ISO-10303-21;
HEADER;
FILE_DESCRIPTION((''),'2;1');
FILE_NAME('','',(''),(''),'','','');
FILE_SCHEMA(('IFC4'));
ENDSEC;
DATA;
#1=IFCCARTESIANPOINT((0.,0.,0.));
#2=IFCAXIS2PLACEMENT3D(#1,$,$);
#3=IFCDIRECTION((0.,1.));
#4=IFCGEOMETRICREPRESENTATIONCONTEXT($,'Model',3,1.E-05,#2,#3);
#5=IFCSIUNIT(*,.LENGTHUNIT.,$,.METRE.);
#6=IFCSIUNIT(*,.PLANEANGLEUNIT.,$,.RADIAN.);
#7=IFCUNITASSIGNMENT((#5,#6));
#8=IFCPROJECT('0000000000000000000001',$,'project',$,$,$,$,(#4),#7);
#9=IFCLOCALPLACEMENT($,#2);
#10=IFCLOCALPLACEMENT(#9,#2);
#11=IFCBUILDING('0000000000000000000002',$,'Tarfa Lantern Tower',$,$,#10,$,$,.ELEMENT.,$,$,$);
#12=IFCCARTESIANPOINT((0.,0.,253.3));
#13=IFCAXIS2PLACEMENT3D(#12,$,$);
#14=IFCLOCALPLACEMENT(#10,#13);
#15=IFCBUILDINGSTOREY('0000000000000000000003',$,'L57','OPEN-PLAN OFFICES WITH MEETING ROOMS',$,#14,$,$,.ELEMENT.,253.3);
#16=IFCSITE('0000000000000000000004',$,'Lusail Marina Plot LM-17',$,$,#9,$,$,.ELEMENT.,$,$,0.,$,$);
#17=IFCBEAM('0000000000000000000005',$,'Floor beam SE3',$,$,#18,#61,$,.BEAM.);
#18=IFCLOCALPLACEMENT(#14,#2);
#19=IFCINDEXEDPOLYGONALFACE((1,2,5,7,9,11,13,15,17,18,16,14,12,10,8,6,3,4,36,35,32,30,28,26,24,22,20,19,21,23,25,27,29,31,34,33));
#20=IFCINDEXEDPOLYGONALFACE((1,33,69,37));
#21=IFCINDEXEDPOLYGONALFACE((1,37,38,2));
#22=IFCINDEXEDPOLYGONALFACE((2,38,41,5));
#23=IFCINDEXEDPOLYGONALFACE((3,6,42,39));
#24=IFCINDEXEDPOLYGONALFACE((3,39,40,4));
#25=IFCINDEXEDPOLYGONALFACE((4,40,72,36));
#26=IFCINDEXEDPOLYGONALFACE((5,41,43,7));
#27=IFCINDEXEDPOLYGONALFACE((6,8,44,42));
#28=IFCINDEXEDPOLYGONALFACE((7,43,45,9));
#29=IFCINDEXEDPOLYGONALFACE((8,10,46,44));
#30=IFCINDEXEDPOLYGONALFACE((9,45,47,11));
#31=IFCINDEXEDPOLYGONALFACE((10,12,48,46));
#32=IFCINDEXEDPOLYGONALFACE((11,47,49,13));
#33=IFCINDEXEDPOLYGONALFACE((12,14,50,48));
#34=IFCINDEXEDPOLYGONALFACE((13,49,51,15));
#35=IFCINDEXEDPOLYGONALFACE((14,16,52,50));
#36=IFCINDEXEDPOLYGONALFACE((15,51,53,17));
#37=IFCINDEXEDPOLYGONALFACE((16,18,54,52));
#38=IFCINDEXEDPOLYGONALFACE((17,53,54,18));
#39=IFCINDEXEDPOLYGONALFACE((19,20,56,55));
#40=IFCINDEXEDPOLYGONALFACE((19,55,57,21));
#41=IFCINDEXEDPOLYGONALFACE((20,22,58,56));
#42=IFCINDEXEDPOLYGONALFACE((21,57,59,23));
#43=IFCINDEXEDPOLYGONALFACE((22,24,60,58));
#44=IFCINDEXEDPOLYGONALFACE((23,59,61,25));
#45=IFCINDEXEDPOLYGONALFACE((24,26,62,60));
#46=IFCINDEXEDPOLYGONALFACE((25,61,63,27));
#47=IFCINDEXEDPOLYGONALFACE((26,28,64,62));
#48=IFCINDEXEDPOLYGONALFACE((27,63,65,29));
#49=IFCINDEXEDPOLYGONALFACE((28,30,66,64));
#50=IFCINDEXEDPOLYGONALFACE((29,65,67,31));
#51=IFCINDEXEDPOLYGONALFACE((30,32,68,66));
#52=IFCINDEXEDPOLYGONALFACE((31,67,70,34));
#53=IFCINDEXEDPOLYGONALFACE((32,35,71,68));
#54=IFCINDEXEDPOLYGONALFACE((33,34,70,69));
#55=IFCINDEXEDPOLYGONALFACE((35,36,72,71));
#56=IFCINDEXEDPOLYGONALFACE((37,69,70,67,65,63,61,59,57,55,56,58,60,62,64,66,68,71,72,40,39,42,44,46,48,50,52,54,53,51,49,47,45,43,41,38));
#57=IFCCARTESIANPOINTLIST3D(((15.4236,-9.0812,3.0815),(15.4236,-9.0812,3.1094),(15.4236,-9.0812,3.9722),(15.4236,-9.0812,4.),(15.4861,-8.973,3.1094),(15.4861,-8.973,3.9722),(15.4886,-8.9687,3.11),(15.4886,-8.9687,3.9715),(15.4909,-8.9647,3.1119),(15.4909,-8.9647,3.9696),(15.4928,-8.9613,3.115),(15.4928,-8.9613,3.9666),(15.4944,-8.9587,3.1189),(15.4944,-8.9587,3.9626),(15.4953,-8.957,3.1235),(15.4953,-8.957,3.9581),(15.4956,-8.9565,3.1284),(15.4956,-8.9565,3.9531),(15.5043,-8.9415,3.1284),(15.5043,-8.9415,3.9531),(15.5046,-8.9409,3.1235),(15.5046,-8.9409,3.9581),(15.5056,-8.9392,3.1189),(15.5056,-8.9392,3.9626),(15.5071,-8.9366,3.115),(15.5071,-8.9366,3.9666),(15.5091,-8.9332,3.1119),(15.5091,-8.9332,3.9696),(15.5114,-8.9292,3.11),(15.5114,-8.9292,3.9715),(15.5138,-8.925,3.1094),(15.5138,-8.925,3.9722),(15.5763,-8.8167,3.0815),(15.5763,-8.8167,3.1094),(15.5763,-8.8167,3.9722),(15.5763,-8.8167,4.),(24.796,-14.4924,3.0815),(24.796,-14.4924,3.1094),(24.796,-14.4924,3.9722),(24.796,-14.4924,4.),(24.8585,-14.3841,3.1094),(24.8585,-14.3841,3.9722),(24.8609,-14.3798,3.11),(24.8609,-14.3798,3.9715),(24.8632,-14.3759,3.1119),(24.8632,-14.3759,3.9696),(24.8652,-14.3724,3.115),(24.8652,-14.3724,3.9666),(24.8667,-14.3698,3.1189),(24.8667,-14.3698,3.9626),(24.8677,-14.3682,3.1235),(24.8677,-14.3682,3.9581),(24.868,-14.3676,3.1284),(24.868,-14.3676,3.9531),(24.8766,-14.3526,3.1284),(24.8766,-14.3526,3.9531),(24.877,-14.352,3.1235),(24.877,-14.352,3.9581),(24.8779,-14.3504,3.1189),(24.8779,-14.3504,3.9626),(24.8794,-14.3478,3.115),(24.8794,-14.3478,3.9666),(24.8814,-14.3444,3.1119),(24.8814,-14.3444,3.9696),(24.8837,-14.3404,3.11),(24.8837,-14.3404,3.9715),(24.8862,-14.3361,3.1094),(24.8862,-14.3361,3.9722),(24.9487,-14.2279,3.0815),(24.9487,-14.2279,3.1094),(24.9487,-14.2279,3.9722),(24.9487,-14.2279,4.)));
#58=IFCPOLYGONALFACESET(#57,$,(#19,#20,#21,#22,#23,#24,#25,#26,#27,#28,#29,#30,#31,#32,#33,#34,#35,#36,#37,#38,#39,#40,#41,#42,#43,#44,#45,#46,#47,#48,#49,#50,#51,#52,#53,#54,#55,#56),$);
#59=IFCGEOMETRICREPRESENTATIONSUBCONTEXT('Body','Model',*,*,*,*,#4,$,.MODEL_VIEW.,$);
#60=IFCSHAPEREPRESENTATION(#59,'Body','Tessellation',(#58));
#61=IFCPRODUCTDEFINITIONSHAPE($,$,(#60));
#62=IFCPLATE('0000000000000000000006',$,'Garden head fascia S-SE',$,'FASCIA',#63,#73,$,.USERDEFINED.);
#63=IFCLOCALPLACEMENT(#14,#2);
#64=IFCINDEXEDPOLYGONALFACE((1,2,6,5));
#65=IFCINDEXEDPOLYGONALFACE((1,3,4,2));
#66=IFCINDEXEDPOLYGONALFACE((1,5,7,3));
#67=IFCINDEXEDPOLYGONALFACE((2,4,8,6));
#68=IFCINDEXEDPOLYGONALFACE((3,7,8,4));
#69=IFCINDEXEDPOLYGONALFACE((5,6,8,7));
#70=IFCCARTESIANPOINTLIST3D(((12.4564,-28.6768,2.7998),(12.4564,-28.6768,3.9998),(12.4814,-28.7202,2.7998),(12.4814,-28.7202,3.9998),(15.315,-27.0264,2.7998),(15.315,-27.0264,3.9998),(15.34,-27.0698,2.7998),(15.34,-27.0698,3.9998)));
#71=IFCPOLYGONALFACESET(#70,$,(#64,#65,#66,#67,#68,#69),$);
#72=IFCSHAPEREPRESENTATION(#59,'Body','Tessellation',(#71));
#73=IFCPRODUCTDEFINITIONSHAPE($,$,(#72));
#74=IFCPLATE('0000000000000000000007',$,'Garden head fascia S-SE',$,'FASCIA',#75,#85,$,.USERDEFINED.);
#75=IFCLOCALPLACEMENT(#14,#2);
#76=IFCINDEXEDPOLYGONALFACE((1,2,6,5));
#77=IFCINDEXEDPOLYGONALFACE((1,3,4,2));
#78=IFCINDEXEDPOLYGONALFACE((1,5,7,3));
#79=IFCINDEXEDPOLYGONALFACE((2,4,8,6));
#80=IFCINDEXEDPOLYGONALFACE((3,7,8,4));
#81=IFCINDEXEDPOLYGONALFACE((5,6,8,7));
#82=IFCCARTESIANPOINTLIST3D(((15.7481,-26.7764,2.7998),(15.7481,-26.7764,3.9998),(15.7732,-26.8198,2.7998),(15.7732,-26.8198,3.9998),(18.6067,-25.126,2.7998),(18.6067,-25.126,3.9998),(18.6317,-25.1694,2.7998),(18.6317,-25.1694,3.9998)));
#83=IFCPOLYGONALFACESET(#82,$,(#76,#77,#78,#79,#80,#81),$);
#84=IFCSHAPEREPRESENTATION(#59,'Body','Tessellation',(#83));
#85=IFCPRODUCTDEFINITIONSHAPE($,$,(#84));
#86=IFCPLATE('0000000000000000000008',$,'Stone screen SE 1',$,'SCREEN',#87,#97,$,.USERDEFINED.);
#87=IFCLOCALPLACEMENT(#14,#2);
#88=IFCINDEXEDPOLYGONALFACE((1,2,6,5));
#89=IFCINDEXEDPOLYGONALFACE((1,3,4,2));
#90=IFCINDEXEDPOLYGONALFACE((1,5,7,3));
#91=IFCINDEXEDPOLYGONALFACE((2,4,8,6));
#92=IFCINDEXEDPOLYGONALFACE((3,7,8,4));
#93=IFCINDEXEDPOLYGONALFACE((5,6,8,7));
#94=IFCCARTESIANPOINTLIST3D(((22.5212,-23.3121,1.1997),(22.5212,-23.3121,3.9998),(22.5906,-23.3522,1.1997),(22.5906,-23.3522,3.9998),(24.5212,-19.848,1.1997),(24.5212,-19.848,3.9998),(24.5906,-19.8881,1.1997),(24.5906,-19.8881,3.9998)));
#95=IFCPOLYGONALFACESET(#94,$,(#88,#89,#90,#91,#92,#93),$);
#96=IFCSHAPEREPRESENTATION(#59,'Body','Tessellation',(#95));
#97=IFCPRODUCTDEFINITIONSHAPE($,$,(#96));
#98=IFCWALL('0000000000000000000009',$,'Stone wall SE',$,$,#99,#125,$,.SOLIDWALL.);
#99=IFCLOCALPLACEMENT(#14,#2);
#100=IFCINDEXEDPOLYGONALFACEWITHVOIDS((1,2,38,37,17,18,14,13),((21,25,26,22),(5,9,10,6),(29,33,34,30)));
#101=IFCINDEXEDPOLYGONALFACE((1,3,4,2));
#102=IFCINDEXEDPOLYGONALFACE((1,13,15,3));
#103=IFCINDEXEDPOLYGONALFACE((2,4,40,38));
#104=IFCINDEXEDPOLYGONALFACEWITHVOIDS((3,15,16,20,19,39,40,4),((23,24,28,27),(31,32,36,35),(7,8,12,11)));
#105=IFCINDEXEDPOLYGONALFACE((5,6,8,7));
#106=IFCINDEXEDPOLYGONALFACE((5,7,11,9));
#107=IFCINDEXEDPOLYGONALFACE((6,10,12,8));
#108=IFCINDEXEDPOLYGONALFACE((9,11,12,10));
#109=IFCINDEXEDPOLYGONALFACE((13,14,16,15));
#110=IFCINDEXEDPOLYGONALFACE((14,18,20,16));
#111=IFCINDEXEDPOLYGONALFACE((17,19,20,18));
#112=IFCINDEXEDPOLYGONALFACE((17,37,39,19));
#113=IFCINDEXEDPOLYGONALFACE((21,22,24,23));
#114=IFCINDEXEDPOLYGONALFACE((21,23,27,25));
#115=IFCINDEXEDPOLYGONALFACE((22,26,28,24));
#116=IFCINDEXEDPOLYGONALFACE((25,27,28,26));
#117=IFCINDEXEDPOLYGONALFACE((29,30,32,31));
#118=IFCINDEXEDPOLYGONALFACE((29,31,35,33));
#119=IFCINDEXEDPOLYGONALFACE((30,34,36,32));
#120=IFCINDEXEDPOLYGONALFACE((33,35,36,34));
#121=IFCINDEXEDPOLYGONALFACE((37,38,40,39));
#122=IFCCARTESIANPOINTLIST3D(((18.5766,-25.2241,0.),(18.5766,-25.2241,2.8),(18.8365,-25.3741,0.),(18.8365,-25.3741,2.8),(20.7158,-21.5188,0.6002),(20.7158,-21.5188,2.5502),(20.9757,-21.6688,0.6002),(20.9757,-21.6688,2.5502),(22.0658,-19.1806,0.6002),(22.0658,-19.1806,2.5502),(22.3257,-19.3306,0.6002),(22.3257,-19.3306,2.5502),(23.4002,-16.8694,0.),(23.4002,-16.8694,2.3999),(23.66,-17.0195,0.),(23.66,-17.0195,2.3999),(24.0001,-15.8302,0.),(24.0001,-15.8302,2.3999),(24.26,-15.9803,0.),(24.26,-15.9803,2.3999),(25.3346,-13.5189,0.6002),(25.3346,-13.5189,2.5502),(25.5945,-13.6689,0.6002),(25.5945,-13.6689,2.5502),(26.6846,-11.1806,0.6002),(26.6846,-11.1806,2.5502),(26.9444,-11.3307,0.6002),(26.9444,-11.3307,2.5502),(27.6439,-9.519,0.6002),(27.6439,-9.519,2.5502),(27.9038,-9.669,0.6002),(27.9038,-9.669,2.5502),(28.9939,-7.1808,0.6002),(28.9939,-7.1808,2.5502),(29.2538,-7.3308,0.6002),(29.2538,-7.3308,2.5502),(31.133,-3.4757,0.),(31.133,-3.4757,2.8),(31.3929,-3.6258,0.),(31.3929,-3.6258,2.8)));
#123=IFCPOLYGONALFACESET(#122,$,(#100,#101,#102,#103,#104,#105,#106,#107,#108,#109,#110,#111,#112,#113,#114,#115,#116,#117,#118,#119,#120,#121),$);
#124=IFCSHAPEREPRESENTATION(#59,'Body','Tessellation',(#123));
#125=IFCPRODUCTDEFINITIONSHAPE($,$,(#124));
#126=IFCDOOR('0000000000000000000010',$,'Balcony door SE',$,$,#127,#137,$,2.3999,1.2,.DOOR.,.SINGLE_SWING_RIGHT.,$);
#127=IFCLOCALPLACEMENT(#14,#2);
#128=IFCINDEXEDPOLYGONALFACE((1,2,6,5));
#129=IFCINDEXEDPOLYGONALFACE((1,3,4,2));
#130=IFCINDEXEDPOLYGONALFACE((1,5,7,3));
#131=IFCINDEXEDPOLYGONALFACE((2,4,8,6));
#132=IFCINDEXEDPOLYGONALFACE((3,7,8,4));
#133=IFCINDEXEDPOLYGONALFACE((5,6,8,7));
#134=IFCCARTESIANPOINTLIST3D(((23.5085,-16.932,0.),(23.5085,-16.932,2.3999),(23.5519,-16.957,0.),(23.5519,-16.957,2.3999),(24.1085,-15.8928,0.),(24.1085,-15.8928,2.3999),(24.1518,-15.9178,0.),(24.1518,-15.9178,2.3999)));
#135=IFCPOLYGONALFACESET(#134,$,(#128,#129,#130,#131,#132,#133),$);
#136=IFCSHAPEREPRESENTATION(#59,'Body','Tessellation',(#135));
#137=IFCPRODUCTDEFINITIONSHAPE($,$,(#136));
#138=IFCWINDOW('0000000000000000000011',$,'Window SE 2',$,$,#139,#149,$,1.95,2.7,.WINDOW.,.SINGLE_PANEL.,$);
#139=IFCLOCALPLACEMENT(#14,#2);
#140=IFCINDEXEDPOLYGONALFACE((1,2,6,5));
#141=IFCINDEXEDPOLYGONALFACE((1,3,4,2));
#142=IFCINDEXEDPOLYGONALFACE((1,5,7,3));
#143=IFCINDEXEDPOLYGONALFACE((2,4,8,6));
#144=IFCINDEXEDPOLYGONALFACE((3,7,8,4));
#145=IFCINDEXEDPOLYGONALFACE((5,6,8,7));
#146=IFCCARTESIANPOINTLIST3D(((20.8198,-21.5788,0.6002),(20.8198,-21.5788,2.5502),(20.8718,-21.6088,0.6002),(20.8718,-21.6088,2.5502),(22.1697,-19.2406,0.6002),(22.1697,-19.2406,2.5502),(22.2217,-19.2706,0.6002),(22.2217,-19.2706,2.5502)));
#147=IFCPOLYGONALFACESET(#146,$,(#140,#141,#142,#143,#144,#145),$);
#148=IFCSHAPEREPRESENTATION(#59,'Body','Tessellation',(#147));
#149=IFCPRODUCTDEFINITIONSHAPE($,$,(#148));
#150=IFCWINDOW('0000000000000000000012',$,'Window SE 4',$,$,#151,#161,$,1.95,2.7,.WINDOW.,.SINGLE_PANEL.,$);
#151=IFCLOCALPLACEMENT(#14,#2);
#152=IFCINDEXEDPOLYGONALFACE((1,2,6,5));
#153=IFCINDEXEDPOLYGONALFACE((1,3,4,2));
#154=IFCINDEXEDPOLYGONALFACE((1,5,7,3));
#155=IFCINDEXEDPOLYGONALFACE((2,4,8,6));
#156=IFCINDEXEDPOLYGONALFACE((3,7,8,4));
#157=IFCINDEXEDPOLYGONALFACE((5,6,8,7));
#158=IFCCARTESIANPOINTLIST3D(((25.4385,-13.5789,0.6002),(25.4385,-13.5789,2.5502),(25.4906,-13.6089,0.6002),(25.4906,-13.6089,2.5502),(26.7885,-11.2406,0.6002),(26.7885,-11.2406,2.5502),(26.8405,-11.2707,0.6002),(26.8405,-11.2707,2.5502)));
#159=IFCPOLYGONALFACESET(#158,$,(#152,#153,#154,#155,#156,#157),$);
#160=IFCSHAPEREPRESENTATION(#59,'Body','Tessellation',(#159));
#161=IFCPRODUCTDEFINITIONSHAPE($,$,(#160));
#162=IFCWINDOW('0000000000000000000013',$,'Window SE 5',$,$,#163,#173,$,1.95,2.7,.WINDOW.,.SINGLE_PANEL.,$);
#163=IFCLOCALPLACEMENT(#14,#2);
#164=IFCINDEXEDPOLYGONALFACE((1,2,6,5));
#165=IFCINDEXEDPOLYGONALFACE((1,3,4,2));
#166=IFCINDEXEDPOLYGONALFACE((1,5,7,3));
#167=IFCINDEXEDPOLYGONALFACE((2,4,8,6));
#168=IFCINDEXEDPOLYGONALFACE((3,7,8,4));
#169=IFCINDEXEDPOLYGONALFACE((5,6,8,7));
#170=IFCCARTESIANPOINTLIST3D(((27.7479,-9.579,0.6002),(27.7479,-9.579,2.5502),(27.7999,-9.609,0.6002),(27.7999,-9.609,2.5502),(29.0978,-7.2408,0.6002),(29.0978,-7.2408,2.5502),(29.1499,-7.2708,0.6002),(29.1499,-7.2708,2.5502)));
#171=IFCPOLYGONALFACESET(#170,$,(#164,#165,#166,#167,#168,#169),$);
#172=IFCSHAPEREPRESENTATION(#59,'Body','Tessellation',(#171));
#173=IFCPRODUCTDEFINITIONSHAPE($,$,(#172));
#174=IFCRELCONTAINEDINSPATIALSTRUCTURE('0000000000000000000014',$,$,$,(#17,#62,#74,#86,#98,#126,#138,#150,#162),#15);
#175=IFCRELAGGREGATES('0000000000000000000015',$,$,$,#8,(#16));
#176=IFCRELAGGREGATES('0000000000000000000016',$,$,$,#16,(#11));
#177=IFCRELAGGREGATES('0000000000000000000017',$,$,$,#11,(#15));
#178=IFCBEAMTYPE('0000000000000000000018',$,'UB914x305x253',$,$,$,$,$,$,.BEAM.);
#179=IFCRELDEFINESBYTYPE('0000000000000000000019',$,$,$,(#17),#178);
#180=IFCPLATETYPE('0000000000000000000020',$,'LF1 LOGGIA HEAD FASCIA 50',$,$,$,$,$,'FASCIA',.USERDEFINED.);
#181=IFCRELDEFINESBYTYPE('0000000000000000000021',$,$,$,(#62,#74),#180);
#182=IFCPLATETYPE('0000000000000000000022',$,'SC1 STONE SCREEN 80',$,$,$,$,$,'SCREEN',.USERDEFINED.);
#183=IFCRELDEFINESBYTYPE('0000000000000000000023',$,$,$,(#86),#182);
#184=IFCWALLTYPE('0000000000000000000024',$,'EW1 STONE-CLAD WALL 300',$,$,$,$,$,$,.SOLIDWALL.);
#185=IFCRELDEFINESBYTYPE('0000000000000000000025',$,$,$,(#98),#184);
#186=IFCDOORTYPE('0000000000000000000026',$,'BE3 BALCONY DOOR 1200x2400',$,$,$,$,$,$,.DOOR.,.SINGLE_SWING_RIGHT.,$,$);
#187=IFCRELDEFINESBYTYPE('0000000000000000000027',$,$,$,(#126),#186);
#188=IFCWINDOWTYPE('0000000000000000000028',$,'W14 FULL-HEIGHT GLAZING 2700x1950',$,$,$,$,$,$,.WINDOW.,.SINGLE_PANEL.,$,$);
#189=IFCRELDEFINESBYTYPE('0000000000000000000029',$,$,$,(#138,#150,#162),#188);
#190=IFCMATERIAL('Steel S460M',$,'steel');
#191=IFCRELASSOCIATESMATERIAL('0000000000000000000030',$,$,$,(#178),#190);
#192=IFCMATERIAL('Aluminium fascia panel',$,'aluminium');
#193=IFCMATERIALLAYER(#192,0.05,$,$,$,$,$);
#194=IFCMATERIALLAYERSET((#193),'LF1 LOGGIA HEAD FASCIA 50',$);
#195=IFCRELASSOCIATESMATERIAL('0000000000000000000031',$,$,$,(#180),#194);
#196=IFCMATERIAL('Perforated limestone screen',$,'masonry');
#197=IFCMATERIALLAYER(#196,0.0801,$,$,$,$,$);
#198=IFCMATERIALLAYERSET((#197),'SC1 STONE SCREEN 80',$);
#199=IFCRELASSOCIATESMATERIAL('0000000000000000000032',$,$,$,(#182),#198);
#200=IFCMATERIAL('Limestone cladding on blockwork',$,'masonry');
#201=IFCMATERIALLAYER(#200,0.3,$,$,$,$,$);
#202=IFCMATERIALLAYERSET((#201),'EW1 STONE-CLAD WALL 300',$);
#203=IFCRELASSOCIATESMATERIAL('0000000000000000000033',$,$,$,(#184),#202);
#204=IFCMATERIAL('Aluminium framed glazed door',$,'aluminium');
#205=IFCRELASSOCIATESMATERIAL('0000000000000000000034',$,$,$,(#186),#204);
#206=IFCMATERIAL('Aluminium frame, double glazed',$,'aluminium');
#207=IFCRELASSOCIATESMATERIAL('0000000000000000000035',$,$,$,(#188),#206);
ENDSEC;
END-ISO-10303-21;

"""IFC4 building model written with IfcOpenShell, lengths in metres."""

from ifc_helpers import new_model, si_unit, direction, frame, frame_2d, origin, origin_2d, place, context, subcontext, project, spatial, rectangle, i_section, extrude, material, layer, layer_set, material_profile, profile_set, type_object, element, fill, save


model = new_model("IFC4")

# Units and contexts
model_context = context("Model", 3, precision=1e-05, world=origin(), true_north=direction((0.0, 1.0)))
body_context = subcontext(model_context, "Body", "Model", "MODEL_VIEW")
ifc_project = project(units=[si_unit("LENGTHUNIT", "METRE"), si_unit("PLANEANGLEUNIT", "RADIAN")], contexts=[model_context])

# Site, building, storey
site_placement = place(None, origin())
site = spatial("IfcSite", under=ifc_project, at=site_placement, Name="Lusail Marina Plot LM-17", CompositionType="ELEMENT", RefElevation=0.0)
building_placement = place(site_placement, origin())
building = spatial("IfcBuilding", under=site, at=building_placement, Name="Tarfa Lantern Tower", CompositionType="ELEMENT")
storey_placement = place(building_placement, frame((0.0, 0.0, 253.3)))
storey = spatial("IfcBuildingStorey", under=building, at=storey_placement, Name="L57", Description="OPEN-PLAN OFFICES WITH MEETING ROOMS", CompositionType="ELEMENT", Elevation=253.3)

# Beam
ifc_material_1 = material(Name="Steel S460M", Category="steel")
ifc_material_profile_1 = material_profile(ifc_material_1, i_section(OverallWidth=0.3054, OverallDepth=0.9185, WebThickness=0.0173, FlangeThickness=0.0278, FilletRadius=0.019, at=origin_2d()), Name="UB914x305x253")
ifc_profile_set_1 = profile_set([ifc_material_profile_1], Name="Steel S460M")
beam_type_1 = type_object("IfcBeamType", Name="UB914x305x253", PredefinedType="BEAM", material=ifc_profile_set_1)
beam_1_placement = place(storey_placement, frame((24.8723, -14.3601, 3.5408), z_axis=(-0.866024, 0.500002, 0.0), x_axis=(-0.500002, -0.866024, 0.0)))
element("IfcBeam", 1, at=beam_1_placement, inside=storey, type_object=beam_type_1, Name="Floor beam SE3", PredefinedType="BEAM", context=body_context, shape_type="SweptSolid", body=[
    extrude(i_section(OverallWidth=0.3054, OverallDepth=0.9185, WebThickness=0.0173, FlangeThickness=0.0278, FilletRadius=0.019, at=origin_2d()), origin(), (0.0, 0.0, 1.0), 10.8223),
])

# Plates
ifc_material_2 = material(Name="Aluminium fascia panel", Category="aluminium")
ifc_layer_1 = layer(ifc_material_2, 0.05)
ifc_layer_set_1 = layer_set([ifc_layer_1], Name="LF1 LOGGIA HEAD FASCIA 50")
plate_type_1 = type_object("IfcPlateType", Name="LF1 LOGGIA HEAD FASCIA 50", ElementType="FASCIA", PredefinedType="USERDEFINED", material=ifc_layer_set_1)
for number, where, z_axis, x_axis, name in (
    (2, (13.8982, -27.8733, 2.7998), (0.0, 0.0, 1.0), (0.866025, 0.5, 0.0), "Garden head fascia S-SE"),
    (3, (17.1899, -25.9729, 2.7998), (0.0, 0.0, 1.0), (0.866025, 0.5, 0.0), "Garden head fascia S-SE"),
):
    element("IfcPlate", number, at=place(storey_placement, frame(where, z_axis=z_axis, x_axis=x_axis)), inside=storey, type_object=plate_type_1, Name=name, ObjectType="FASCIA", PredefinedType="USERDEFINED", context=body_context, shape_type="SweptSolid", body=[
        extrude(rectangle(XDim=3.3008, YDim=0.05, at=origin_2d()), origin(), (0.0, 0.0, 1.0), 1.2),
    ])
ifc_material_3 = material(Name="Perforated limestone screen", Category="masonry")
ifc_layer_2 = layer(ifc_material_3, 0.0801)
ifc_layer_set_2 = layer_set([ifc_layer_2], Name="SC1 STONE SCREEN 80")
plate_type_2 = type_object("IfcPlateType", Name="SC1 STONE SCREEN 80", ElementType="SCREEN", PredefinedType="USERDEFINED", material=ifc_layer_set_2)
plate_placement = place(storey_placement, frame((23.5559, -21.6001, 1.1997), z_axis=(0.0, 0.0, 1.0), x_axis=(0.5, 0.866025, 0.0)))
element("IfcPlate", 4, at=plate_placement, inside=storey, type_object=plate_type_2, Name="Stone screen SE 1", ObjectType="SCREEN", PredefinedType="USERDEFINED", context=body_context, shape_type="SweptSolid", body=[
    extrude(rectangle(XDim=4.0, YDim=0.0801, at=origin_2d()), origin(), (0.0, 0.0, 1.0), 2.8),
])

# Wall, openings, door, windows
ifc_material_4 = material(Name="Limestone cladding on blockwork", Category="masonry")
ifc_layer_3 = layer(ifc_material_4, 0.3)
ifc_layer_set_3 = layer_set([ifc_layer_3], Name="EW1 STONE-CLAD WALL 300")
wall_type_1 = type_object("IfcWallType", Name="EW1 STONE-CLAD WALL 300", PredefinedType="SOLIDWALL", material=ifc_layer_set_3)
wall_1_placement = place(storey_placement, frame((18.7065, -25.2991, 0.0), z_axis=(0.0, 0.0, 1.0), x_axis=(0.5, 0.866025, 0.0)))
wall_1 = element("IfcWall", 5, at=wall_1_placement, inside=storey, type_object=wall_type_1, Name="Stone wall SE", PredefinedType="SOLIDWALL", context=body_context, shape_type="SweptSolid", body=[
    extrude(rectangle(XDim=25.1128, YDim=0.3, at=frame_2d((12.5564, 0.0))), origin(), (0.0, 0.0, 1.0), 2.8),
])
opening_1_placement = place(wall_1_placement, frame((4.2783, 0.0, 0.6001)))
opening_1 = element("IfcOpeningElement", 6, at=opening_1_placement, cuts=wall_1, PredefinedType="OPENING", context=body_context, shape_type="SweptSolid", body=[
    extrude(rectangle(XDim=2.7, YDim=1.95, at=frame_2d((1.3501, 0.9751))), frame((0.0, 0.1599, 0.0), z_axis=(0.0, -1.0, 0.0), x_axis=(1.0, 0.0, 0.0)), (0.0, 0.0, 1.0), 0.3201),
])
opening_2_placement = place(wall_1_placement, frame((9.647, 0.0, 0.0)))
opening_2 = element("IfcOpeningElement", 7, at=opening_2_placement, cuts=wall_1, PredefinedType="OPENING", context=body_context, shape_type="SweptSolid", body=[
    extrude(rectangle(XDim=1.2, YDim=2.3999, at=frame_2d((0.6001, 1.2))), frame((0.0, 0.1599, 0.0), z_axis=(0.0, -1.0, 0.0), x_axis=(1.0, 0.0, 0.0)), (0.0, 0.0, 1.0), 0.3201),
])
opening_3_placement = place(wall_1_placement, frame((13.5159, 0.0, 0.6001)))
opening_3 = element("IfcOpeningElement", 8, at=opening_3_placement, cuts=wall_1, PredefinedType="OPENING", context=body_context, shape_type="SweptSolid", body=[
    extrude(rectangle(XDim=2.7, YDim=1.95, at=frame_2d((1.3501, 0.9751))), frame((0.0, 0.1599, 0.0), z_axis=(0.0, -1.0, 0.0), x_axis=(1.0, 0.0, 0.0)), (0.0, 0.0, 1.0), 0.3201),
])
opening_4_placement = place(wall_1_placement, frame((18.1345, 0.0, 0.6001)))
opening_4 = element("IfcOpeningElement", 9, at=opening_4_placement, cuts=wall_1, PredefinedType="OPENING", context=body_context, shape_type="SweptSolid", body=[
    extrude(rectangle(XDim=2.7, YDim=1.95, at=frame_2d((1.3501, 0.9751))), frame((0.0, 0.1599, 0.0), z_axis=(0.0, -1.0, 0.0), x_axis=(1.0, 0.0, 0.0)), (0.0, 0.0, 1.0), 0.3201),
])
ifc_material_5 = material(Name="Aluminium framed glazed door", Category="aluminium")
door_type_1 = type_object("IfcDoorType", Name="BE3 BALCONY DOOR 1200x2400", OperationType="SINGLE_SWING_RIGHT", PredefinedType="DOOR", material=ifc_material_5)
door_1_placement = place(opening_2_placement, origin())
door_1 = element("IfcDoor", 10, at=door_1_placement, inside=storey, type_object=door_type_1, Name="Balcony door SE", OperationType="SINGLE_SWING_RIGHT", OverallHeight=2.3999, OverallWidth=1.2, PredefinedType="DOOR", context=body_context, shape_type="SweptSolid", body=[
    extrude(rectangle(XDim=1.2, YDim=2.3999, at=frame_2d((0.6001, 1.2))), frame((0.0, 0.0249, 0.0), z_axis=(0.0, -1.0, 0.0), x_axis=(1.0, 0.0, 0.0)), (0.0, 0.0, 1.0), 0.05),
])
fill(opening_2, door_1)
ifc_material_6 = material(Name="Aluminium frame, double glazed", Category="aluminium")
window_type = type_object("IfcWindowType", Name="W14 FULL-HEIGHT GLAZING 2700x1950", PartitioningType="SINGLE_PANEL", PredefinedType="WINDOW", material=ifc_material_6)
window_1_placement = place(opening_1_placement, origin())
window_1 = element("IfcWindow", 11, at=window_1_placement, inside=storey, type_object=window_type, Name="Window SE 2", OverallHeight=1.95, OverallWidth=2.7, PartitioningType="SINGLE_PANEL", PredefinedType="WINDOW", context=body_context, shape_type="SweptSolid", body=[
    extrude(rectangle(XDim=2.7, YDim=1.95, at=frame_2d((1.3501, 0.9751))), frame((0.0, 0.03, 0.0), z_axis=(0.0, -1.0, 0.0), x_axis=(1.0, 0.0, 0.0)), (0.0, 0.0, 1.0), 0.0601),
])
fill(opening_1, window_1)
window_2_placement = place(opening_3_placement, origin())
window_2 = element("IfcWindow", 12, at=window_2_placement, inside=storey, type_object=window_type, Name="Window SE 4", OverallHeight=1.95, OverallWidth=2.7, PartitioningType="SINGLE_PANEL", PredefinedType="WINDOW", context=body_context, shape_type="SweptSolid", body=[
    extrude(rectangle(XDim=2.7, YDim=1.95, at=frame_2d((1.3501, 0.9751))), frame((0.0, 0.03, 0.0), z_axis=(0.0, -1.0, 0.0), x_axis=(1.0, 0.0, 0.0)), (0.0, 0.0, 1.0), 0.0601),
])
fill(opening_3, window_2)
window_3_placement = place(opening_4_placement, origin())
window_3 = element("IfcWindow", 13, at=window_3_placement, inside=storey, type_object=window_type, Name="Window SE 5", OverallHeight=1.95, OverallWidth=2.7, PartitioningType="SINGLE_PANEL", PredefinedType="WINDOW", context=body_context, shape_type="SweptSolid", body=[
    extrude(rectangle(XDim=2.7, YDim=1.95, at=frame_2d((1.3501, 0.9751))), frame((0.0, 0.03, 0.0), z_axis=(0.0, -1.0, 0.0), x_axis=(1.0, 0.0, 0.0)), (0.0, 0.0, 1.0), 0.0601),
])
fill(opening_4, window_3)

save(model, "model.ifc")
